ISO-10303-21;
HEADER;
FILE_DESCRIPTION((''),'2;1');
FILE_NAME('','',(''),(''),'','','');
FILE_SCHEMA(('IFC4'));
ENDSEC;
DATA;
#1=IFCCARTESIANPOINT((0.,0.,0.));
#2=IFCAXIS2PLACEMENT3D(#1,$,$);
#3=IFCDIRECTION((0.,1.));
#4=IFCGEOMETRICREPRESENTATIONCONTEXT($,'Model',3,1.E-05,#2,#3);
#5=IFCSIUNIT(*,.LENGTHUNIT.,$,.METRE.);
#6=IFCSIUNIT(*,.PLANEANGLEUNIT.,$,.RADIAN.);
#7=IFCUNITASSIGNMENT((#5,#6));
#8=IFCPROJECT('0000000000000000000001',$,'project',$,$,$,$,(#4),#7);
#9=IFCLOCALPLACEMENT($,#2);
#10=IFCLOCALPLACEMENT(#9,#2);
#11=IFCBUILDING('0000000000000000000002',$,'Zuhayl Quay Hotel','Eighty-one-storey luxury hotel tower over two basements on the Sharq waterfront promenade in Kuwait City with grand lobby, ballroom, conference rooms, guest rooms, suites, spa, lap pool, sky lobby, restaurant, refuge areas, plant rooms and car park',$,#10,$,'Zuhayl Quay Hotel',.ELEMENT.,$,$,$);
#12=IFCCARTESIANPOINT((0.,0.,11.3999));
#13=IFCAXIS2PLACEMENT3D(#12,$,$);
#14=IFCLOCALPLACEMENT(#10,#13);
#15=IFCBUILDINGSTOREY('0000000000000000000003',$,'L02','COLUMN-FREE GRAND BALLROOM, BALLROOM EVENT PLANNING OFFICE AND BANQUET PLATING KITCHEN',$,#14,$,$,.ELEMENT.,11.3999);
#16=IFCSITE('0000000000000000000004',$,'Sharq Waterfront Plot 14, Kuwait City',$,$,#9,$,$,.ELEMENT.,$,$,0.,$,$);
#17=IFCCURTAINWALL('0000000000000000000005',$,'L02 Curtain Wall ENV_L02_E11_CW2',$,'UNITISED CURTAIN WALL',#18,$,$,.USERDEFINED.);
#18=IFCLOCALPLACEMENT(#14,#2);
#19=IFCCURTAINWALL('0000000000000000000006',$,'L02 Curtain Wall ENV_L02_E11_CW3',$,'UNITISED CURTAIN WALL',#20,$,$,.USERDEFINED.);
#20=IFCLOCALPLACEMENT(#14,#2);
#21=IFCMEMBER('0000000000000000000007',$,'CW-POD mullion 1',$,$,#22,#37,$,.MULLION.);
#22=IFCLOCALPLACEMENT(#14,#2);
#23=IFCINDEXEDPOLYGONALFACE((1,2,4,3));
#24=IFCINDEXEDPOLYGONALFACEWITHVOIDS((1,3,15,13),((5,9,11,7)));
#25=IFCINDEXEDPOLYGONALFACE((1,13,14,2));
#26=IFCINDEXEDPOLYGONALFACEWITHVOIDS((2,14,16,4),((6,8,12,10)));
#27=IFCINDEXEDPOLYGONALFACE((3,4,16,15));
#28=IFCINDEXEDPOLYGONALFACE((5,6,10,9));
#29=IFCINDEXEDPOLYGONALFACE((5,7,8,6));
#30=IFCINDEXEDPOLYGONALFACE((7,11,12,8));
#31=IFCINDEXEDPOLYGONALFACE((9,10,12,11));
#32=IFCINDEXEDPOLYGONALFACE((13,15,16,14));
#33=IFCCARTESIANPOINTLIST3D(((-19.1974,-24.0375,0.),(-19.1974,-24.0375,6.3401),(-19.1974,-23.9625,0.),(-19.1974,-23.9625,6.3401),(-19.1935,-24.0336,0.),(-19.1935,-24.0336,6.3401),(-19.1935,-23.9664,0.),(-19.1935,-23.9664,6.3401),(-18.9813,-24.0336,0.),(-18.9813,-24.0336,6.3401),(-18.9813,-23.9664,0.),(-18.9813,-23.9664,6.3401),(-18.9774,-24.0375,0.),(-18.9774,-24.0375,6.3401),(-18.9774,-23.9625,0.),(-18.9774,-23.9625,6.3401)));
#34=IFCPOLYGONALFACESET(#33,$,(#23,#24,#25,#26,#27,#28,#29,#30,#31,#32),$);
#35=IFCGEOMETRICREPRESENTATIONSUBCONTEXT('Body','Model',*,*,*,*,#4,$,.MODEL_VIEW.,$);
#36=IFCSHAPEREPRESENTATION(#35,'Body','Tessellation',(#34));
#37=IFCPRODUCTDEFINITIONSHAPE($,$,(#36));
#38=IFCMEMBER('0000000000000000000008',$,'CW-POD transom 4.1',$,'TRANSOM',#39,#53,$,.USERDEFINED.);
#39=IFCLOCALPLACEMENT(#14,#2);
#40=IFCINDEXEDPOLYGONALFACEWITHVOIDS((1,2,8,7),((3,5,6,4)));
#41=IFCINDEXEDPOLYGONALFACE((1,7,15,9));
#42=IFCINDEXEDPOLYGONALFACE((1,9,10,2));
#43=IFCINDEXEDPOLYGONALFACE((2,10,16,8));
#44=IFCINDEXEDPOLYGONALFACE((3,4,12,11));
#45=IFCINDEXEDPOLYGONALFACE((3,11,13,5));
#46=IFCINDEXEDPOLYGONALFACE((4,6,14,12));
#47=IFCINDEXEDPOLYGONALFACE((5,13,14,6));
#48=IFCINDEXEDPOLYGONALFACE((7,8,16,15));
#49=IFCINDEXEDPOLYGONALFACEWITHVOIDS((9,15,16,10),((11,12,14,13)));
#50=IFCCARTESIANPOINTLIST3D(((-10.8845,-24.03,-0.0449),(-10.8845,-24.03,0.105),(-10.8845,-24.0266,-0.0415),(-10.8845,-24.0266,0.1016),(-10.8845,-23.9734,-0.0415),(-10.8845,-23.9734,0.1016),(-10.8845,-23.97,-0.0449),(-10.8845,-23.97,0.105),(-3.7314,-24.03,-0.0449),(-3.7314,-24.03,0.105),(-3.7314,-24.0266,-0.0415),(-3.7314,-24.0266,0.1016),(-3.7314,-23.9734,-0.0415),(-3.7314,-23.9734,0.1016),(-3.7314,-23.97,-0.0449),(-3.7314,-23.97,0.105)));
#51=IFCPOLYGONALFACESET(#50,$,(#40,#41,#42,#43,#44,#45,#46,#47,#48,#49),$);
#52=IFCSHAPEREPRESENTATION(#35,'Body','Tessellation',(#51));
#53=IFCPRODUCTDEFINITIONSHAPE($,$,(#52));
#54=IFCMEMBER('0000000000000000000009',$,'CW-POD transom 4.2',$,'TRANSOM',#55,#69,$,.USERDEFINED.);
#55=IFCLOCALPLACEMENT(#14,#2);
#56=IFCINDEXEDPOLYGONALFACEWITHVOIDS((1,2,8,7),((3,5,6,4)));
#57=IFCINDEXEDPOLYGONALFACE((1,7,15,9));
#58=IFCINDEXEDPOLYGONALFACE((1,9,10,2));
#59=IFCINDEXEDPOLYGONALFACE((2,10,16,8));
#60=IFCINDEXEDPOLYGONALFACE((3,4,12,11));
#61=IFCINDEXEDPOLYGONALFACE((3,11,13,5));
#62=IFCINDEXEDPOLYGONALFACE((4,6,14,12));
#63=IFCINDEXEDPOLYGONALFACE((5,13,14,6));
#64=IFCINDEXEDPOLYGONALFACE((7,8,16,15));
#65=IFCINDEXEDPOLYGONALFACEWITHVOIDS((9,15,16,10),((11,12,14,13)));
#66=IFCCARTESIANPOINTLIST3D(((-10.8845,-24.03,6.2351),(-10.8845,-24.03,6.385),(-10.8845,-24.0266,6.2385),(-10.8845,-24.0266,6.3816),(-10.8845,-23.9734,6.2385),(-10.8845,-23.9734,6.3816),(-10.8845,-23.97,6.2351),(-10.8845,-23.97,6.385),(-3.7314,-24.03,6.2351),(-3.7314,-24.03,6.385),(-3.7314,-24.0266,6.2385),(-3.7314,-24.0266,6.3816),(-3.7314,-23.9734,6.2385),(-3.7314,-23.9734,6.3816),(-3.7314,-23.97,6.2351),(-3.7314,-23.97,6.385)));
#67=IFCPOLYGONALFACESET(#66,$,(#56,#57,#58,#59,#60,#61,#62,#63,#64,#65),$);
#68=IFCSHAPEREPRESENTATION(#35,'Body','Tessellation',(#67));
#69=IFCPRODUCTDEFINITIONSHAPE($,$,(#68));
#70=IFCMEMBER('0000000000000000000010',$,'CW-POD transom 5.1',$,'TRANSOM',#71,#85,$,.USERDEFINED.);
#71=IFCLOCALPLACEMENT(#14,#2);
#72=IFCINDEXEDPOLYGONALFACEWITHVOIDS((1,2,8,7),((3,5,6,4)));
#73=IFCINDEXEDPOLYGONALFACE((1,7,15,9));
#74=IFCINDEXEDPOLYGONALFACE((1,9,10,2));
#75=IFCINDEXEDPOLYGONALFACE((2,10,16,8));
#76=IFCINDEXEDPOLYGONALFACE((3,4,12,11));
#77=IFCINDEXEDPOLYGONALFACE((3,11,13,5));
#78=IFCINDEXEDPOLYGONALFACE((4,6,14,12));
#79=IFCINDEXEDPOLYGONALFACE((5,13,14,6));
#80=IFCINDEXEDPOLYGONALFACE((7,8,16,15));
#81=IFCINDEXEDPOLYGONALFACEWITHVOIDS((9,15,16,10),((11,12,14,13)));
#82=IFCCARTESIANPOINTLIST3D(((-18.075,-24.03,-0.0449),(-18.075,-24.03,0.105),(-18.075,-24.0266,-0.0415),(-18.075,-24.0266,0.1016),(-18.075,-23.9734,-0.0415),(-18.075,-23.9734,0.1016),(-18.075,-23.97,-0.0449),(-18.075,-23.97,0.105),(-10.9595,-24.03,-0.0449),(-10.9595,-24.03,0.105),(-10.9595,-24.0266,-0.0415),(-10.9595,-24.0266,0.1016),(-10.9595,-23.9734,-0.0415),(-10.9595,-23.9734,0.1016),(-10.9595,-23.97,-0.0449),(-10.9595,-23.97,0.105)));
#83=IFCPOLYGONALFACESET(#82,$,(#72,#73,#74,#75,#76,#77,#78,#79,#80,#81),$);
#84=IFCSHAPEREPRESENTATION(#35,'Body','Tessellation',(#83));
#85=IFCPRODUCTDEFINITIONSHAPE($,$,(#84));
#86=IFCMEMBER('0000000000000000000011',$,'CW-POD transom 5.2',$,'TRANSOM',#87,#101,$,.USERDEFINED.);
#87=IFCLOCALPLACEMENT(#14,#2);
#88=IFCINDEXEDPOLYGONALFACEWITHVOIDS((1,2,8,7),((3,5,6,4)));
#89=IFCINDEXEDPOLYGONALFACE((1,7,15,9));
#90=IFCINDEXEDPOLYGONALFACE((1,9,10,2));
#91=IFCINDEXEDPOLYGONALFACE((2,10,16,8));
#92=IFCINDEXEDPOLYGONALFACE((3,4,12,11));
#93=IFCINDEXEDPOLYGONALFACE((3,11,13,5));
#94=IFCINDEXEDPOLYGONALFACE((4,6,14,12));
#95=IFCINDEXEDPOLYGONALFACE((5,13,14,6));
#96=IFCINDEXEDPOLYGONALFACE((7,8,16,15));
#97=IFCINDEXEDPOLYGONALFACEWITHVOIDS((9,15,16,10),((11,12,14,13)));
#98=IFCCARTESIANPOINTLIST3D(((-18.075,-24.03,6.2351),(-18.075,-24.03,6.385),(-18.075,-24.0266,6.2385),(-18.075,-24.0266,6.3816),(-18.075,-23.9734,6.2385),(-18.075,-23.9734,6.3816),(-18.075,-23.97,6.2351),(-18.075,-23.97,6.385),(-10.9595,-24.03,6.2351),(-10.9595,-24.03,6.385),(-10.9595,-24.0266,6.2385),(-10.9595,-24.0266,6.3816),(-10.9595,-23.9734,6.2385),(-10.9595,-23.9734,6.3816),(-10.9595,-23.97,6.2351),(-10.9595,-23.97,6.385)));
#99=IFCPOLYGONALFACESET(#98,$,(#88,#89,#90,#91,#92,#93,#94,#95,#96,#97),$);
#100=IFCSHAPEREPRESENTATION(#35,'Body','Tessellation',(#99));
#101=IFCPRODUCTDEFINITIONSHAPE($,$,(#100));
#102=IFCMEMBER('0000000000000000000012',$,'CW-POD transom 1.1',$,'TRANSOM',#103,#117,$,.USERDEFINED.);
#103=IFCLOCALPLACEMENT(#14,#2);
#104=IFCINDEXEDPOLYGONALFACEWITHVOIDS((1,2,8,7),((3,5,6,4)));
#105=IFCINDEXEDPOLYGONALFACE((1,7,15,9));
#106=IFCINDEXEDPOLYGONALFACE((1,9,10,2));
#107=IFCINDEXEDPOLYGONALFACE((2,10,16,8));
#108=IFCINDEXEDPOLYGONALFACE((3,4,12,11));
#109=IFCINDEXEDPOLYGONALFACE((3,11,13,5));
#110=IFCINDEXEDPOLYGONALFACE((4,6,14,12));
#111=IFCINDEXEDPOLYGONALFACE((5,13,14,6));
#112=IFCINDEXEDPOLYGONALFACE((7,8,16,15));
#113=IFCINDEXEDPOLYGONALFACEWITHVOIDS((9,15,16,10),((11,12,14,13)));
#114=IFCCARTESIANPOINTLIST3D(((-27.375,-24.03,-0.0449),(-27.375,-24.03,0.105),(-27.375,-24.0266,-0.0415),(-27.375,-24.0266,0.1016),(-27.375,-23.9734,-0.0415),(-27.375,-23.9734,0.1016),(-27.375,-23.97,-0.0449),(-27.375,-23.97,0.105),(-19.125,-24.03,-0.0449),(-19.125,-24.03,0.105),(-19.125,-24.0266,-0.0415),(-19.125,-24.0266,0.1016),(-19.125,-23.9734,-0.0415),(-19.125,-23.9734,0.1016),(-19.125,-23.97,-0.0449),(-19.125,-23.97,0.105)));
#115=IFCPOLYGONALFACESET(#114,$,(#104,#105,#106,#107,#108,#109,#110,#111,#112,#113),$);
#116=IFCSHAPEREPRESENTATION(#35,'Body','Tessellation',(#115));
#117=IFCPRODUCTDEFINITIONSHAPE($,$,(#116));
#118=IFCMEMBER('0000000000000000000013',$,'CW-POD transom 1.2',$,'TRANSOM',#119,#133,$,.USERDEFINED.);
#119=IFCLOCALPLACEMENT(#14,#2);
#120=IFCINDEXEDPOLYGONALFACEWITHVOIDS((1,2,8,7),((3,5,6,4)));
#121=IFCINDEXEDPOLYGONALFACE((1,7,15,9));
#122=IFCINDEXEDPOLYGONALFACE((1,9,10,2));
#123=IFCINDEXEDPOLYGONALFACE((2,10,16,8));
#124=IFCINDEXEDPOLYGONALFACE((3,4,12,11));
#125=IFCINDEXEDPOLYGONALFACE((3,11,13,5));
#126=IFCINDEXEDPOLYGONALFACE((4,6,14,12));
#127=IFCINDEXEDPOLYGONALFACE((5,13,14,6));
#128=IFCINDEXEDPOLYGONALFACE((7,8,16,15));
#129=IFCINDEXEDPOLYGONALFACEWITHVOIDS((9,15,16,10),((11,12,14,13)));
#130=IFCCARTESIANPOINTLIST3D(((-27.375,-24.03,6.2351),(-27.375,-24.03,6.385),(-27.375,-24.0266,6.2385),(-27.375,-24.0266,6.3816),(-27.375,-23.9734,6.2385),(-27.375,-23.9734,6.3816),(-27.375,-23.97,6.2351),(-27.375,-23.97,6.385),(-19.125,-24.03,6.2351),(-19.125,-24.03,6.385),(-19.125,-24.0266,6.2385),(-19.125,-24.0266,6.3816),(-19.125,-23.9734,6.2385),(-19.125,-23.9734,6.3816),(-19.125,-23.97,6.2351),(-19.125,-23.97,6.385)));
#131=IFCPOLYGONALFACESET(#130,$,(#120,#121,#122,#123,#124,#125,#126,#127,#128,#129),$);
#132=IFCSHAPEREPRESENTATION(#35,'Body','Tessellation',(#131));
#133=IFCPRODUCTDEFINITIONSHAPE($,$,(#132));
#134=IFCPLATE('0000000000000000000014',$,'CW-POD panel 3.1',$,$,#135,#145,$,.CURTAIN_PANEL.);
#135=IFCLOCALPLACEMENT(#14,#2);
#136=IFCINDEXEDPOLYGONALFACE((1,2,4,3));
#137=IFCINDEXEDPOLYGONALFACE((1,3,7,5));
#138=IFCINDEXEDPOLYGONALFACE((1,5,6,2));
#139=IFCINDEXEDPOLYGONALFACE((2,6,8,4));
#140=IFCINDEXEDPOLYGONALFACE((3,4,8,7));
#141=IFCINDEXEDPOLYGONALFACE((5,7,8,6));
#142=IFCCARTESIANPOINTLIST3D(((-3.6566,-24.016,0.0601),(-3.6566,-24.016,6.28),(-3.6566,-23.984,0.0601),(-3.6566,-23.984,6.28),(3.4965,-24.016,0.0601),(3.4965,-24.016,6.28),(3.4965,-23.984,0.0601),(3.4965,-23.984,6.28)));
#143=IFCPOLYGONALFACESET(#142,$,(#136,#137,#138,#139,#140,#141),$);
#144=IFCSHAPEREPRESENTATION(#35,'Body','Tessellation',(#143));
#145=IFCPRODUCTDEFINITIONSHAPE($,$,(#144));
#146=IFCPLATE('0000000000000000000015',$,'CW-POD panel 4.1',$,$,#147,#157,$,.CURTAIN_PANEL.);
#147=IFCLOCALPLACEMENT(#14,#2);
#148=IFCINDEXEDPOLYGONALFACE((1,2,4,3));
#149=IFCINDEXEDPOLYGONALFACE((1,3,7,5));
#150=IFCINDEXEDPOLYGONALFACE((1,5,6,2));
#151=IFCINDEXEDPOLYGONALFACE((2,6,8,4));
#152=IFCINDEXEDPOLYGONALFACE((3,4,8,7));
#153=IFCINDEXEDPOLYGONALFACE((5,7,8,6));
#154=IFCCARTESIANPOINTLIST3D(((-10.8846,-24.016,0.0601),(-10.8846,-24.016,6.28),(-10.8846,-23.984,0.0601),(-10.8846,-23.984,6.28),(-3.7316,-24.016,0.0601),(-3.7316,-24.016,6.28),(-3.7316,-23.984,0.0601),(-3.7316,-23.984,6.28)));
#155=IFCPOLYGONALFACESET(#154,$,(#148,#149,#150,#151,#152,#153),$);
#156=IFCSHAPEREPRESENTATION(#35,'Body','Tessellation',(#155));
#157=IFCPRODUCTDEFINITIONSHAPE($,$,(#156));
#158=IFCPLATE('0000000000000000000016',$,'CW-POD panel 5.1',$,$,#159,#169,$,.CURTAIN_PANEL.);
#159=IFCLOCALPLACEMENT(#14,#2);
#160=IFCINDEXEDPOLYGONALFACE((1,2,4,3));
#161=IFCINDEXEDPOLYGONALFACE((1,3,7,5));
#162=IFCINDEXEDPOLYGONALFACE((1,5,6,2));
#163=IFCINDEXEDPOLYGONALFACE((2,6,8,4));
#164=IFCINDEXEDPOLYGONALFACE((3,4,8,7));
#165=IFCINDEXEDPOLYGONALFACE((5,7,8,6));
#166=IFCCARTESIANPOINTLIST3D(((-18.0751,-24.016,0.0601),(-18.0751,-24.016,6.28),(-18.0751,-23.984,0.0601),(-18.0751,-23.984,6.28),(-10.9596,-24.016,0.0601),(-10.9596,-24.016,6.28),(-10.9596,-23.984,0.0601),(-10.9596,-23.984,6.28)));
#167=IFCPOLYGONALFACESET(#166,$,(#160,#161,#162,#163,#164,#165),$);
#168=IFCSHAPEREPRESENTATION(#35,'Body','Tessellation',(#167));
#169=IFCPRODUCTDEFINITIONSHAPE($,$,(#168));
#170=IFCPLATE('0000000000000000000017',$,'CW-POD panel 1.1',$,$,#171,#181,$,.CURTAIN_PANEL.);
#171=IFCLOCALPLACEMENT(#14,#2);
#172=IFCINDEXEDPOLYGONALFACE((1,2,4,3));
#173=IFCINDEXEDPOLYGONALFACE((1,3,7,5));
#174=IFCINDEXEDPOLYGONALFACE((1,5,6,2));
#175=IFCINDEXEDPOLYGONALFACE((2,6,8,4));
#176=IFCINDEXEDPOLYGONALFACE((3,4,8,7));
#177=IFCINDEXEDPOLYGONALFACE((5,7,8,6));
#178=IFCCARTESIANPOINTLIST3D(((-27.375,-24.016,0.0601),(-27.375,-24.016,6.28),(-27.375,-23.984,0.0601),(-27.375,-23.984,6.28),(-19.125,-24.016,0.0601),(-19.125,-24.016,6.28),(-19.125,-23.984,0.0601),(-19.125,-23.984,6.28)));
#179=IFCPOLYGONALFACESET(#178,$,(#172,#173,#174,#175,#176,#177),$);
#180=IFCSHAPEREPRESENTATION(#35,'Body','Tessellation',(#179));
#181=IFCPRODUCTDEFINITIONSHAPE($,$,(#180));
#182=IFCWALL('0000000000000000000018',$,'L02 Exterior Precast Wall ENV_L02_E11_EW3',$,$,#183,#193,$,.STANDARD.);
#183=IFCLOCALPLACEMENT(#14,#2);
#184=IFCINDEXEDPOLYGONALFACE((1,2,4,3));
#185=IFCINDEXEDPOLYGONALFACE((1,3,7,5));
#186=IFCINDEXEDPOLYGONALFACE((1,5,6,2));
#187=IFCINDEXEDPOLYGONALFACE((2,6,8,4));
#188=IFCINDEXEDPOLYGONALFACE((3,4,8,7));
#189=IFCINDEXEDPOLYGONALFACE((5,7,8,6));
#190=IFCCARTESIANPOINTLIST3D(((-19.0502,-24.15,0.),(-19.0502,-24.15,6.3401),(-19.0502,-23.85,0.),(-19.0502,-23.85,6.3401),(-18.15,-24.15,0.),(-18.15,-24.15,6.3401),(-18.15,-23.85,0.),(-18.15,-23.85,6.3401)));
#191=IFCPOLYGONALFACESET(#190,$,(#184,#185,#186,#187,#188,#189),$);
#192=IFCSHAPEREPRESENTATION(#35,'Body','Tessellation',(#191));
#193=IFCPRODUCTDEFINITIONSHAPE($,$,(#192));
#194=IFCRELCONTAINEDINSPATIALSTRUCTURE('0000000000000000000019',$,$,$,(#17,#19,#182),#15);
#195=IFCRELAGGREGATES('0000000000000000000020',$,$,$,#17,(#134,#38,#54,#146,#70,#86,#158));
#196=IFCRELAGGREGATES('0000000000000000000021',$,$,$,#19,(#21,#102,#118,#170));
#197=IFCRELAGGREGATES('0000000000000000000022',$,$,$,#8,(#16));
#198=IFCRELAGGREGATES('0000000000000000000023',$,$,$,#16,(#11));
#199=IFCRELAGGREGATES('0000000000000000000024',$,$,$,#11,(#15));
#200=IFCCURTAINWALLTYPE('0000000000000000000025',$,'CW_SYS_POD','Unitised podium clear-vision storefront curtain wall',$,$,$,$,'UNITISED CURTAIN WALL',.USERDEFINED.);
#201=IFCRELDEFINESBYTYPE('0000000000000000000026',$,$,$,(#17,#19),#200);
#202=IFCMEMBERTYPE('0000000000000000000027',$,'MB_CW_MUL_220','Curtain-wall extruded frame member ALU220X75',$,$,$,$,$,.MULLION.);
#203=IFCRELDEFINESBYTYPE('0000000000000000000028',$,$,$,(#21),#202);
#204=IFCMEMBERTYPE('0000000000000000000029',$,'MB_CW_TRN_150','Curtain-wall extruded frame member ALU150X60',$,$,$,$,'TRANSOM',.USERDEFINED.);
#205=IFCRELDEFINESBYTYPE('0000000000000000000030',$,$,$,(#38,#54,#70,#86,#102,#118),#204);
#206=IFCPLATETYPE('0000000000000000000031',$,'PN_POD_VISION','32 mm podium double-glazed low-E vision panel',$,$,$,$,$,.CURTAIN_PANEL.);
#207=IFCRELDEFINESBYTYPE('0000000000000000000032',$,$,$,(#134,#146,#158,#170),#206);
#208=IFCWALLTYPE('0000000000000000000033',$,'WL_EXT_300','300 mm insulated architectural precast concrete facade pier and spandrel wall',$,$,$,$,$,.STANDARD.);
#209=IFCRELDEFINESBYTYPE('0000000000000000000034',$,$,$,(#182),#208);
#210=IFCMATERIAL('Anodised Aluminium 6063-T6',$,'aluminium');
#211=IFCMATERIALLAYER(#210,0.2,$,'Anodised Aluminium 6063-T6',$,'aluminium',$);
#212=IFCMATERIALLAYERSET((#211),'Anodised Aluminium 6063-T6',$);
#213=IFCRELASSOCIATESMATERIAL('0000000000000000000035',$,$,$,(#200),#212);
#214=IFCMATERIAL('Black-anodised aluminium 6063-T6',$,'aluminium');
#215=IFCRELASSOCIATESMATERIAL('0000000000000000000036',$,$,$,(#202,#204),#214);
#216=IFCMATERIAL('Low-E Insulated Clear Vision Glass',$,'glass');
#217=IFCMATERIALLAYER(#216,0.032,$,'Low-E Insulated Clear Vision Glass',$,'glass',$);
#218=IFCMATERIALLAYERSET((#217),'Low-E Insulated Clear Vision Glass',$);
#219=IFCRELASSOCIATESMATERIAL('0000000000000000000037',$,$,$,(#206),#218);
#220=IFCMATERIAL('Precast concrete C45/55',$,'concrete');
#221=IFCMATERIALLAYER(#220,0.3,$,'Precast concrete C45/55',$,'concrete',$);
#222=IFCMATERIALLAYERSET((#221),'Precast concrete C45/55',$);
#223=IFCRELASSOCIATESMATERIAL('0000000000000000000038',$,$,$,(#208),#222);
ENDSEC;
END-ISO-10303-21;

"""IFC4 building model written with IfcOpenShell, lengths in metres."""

from ifc_helpers import new_model, si_unit, direction, frame, frame_2d, origin, origin_2d, place, context, subcontext, project, spatial, rectangle, hollow_rectangle, extrude, material, layer, layer_set, material_profile, profile_set, type_object, element, aggregate, save


model = new_model("IFC4")

# Units and contexts
model_context = context("Model", 3, precision=1e-05, world=origin(), true_north=direction((0.0, 1.0)))
body_context = subcontext(model_context, "Body", "Model", "MODEL_VIEW")
ifc_project = project(units=[si_unit("LENGTHUNIT", "METRE"), si_unit("PLANEANGLEUNIT", "RADIAN")], contexts=[model_context])

# Site, building, storey
site_placement = place(None, origin())
site = spatial("IfcSite", under=ifc_project, at=site_placement, Name="Sharq Waterfront Plot 14, Kuwait City", CompositionType="ELEMENT", RefElevation=0.0)
building_placement = place(site_placement, origin())
building = spatial("IfcBuilding", under=site, at=building_placement, Name="Zuhayl Quay Hotel", Description="Eighty-one-storey luxury hotel tower over two basements on the Sharq waterfront promenade in Kuwait City with grand lobby, ballroom, conference rooms, guest rooms, suites, spa, lap pool, sky lobby, restaurant, refuge areas, plant rooms and car park", LongName="Zuhayl Quay Hotel", CompositionType="ELEMENT")
storey_placement = place(building_placement, frame((0.0, 0.0, 11.3999)))
storey = spatial("IfcBuildingStorey", under=building, at=storey_placement, Name="L02", Description="COLUMN-FREE GRAND BALLROOM, BALLROOM EVENT PLANNING OFFICE AND BANQUET PLATING KITCHEN", CompositionType="ELEMENT", Elevation=11.3999)

# Curtain wall
ifc_material_1 = material(Name="Anodised Aluminium 6063-T6", Category="aluminium")
ifc_layer_1 = layer(ifc_material_1, 0.2, Name="Anodised Aluminium 6063-T6", Category="aluminium")
ifc_layer_set_1 = layer_set([ifc_layer_1], Name="Anodised Aluminium 6063-T6")
curtain_wall_type = type_object("IfcCurtainWallType", Name="CW_SYS_POD", Description="Unitised podium clear-vision storefront curtain wall", ElementType="UNITISED CURTAIN WALL", PredefinedType="USERDEFINED", material=ifc_layer_set_1)
curtain_wall_1_placement = place(storey_placement, origin())
curtain_wall_1 = element("IfcCurtainWall", 1, at=curtain_wall_1_placement, inside=storey, type_object=curtain_wall_type, Name="L02 Curtain Wall ENV_L02_E11_CW2", ObjectType="UNITISED CURTAIN WALL", PredefinedType="USERDEFINED")
ifc_material_2 = material(Name="Black-anodised aluminium 6063-T6", Category="aluminium")
ifc_material_profile_1 = material_profile(ifc_material_2, hollow_rectangle(XDim=0.075, YDim=0.22, WallThickness=0.0039, at=origin_2d()), Name="ALU220X75")
ifc_profile_set_1 = profile_set([ifc_material_profile_1], Name="Black-anodised aluminium 6063-T6")
member_type_1 = type_object("IfcMemberType", Name="MB_CW_MUL_220", Description="Curtain-wall extruded frame member ALU220X75", PredefinedType="MULLION", material=ifc_profile_set_1)

# Curtain wall, member
curtain_wall_2_placement = place(storey_placement, origin())
curtain_wall_2 = element("IfcCurtainWall", 2, at=curtain_wall_2_placement, inside=storey, type_object=curtain_wall_type, Name="L02 Curtain Wall ENV_L02_E11_CW3", ObjectType="UNITISED CURTAIN WALL", PredefinedType="USERDEFINED")
member_1_placement = place(storey_placement, frame((-19.0874, -24.0, 0.0), z_axis=(0.0, 0.0, 1.0), x_axis=(0.0, -1.0, 0.0)))
member_1 = element("IfcMember", 3, at=member_1_placement, type_object=member_type_1, Name="CW-POD mullion 1", PredefinedType="MULLION", context=body_context, shape_type="SweptSolid", body=[
    extrude(hollow_rectangle(XDim=0.075, YDim=0.22, WallThickness=0.0039, at=origin_2d()), origin(), (0.0, 0.0, 1.0), 6.3401),
])

# Members
ifc_material_profile_2 = material_profile(ifc_material_2, hollow_rectangle(XDim=0.0601, YDim=0.1499, WallThickness=0.0034, at=origin_2d()), Name="ALU150X60")
ifc_profile_set_2 = profile_set([ifc_material_profile_2], Name="Black-anodised aluminium 6063-T6")
member_type_2 = type_object("IfcMemberType", Name="MB_CW_TRN_150", Description="Curtain-wall extruded frame member ALU150X60", ElementType="TRANSOM", PredefinedType="USERDEFINED", material=ifc_profile_set_2)
member_2_placement = place(storey_placement, frame((-3.7314, -24.0, 0.03), z_axis=(-1.0, 0.0, 0.0), x_axis=(0.0, -1.0, 0.0)))
member_2 = element("IfcMember", 4, at=member_2_placement, type_object=member_type_2, Name="CW-POD transom 4.1", ObjectType="TRANSOM", PredefinedType="USERDEFINED", context=body_context, shape_type="SweptSolid", body=[
    extrude(hollow_rectangle(XDim=0.0601, YDim=0.1499, WallThickness=0.0034, at=origin_2d()), origin(), (0.0, 0.0, 1.0), 7.1531),
])
member_3_placement = place(storey_placement, frame((-3.7314, -24.0, 6.3101), z_axis=(-1.0, 0.0, 0.0), x_axis=(0.0, -1.0, 0.0)))
member_3 = element("IfcMember", 5, at=member_3_placement, type_object=member_type_2, Name="CW-POD transom 4.2", ObjectType="TRANSOM", PredefinedType="USERDEFINED", context=body_context, shape_type="SweptSolid", body=[
    extrude(hollow_rectangle(XDim=0.0601, YDim=0.1499, WallThickness=0.0034, at=origin_2d()), origin(), (0.0, 0.0, 1.0), 7.1531),
])
member_4_placement = place(storey_placement, frame((-10.9595, -24.0, 0.03), z_axis=(-1.0, 0.0, 0.0), x_axis=(0.0, -1.0, 0.0)))
member_4 = element("IfcMember", 6, at=member_4_placement, type_object=member_type_2, Name="CW-POD transom 5.1", ObjectType="TRANSOM", PredefinedType="USERDEFINED", context=body_context, shape_type="SweptSolid", body=[
    extrude(hollow_rectangle(XDim=0.0601, YDim=0.1499, WallThickness=0.0034, at=origin_2d()), origin(), (0.0, 0.0, 1.0), 7.1155),
])
member_5_placement = place(storey_placement, frame((-10.9595, -24.0, 6.3101), z_axis=(-1.0, 0.0, 0.0), x_axis=(0.0, -1.0, 0.0)))
member_5 = element("IfcMember", 7, at=member_5_placement, type_object=member_type_2, Name="CW-POD transom 5.2", ObjectType="TRANSOM", PredefinedType="USERDEFINED", context=body_context, shape_type="SweptSolid", body=[
    extrude(hollow_rectangle(XDim=0.0601, YDim=0.1499, WallThickness=0.0034, at=origin_2d()), origin(), (0.0, 0.0, 1.0), 7.1155),
])
member_6_placement = place(storey_placement, frame((-19.125, -24.0, 0.03), z_axis=(-1.0, 0.0, 0.0), x_axis=(0.0, -1.0, 0.0)))
member_6 = element("IfcMember", 8, at=member_6_placement, type_object=member_type_2, Name="CW-POD transom 1.1", ObjectType="TRANSOM", PredefinedType="USERDEFINED", context=body_context, shape_type="SweptSolid", body=[
    extrude(hollow_rectangle(XDim=0.0601, YDim=0.1499, WallThickness=0.0034, at=origin_2d()), origin(), (0.0, 0.0, 1.0), 8.25),
])
member_7_placement = place(storey_placement, frame((-19.125, -24.0, 6.3101), z_axis=(-1.0, 0.0, 0.0), x_axis=(0.0, -1.0, 0.0)))
member_7 = element("IfcMember", 9, at=member_7_placement, type_object=member_type_2, Name="CW-POD transom 1.2", ObjectType="TRANSOM", PredefinedType="USERDEFINED", context=body_context, shape_type="SweptSolid", body=[
    extrude(hollow_rectangle(XDim=0.0601, YDim=0.1499, WallThickness=0.0034, at=origin_2d()), origin(), (0.0, 0.0, 1.0), 8.25),
])

# Plates
ifc_material_3 = material(Name="Low-E Insulated Clear Vision Glass", Category="glass")
ifc_layer_2 = layer(ifc_material_3, 0.032, Name="Low-E Insulated Clear Vision Glass", Category="glass")
ifc_layer_set_2 = layer_set([ifc_layer_2], Name="Low-E Insulated Clear Vision Glass")
plate_type = type_object("IfcPlateType", Name="PN_POD_VISION", Description="32 mm podium double-glazed low-E vision panel", PredefinedType="CURTAIN_PANEL", material=ifc_layer_set_2)
plate_1_placement = place(storey_placement, frame((-0.0801, -24.0, 0.0601), z_axis=(0.0, 0.0, 1.0), x_axis=(-1.0, 0.0, 0.0)))
plate_1 = element("IfcPlate", 10, at=plate_1_placement, type_object=plate_type, Name="CW-POD panel 3.1", PredefinedType="CURTAIN_PANEL", context=body_context, shape_type="SweptSolid", body=[
    extrude(rectangle(XDim=7.1531, YDim=0.032, at=origin_2d()), origin(), (0.0, 0.0, 1.0), 6.22),
])
plate_2_placement = place(storey_placement, frame((-7.3081, -24.0, 0.0601), z_axis=(0.0, 0.0, 1.0), x_axis=(-1.0, 0.0, 0.0)))
plate_2 = element("IfcPlate", 11, at=plate_2_placement, type_object=plate_type, Name="CW-POD panel 4.1", PredefinedType="CURTAIN_PANEL", context=body_context, shape_type="SweptSolid", body=[
    extrude(rectangle(XDim=7.1531, YDim=0.032, at=origin_2d()), origin(), (0.0, 0.0, 1.0), 6.22),
])
plate_3_placement = place(storey_placement, frame((-14.5173, -24.0, 0.0601), z_axis=(0.0, 0.0, 1.0), x_axis=(-1.0, 0.0, 0.0)))
plate_3 = element("IfcPlate", 12, at=plate_3_placement, type_object=plate_type, Name="CW-POD panel 5.1", PredefinedType="CURTAIN_PANEL", context=body_context, shape_type="SweptSolid", body=[
    extrude(rectangle(XDim=7.1155, YDim=0.032, at=origin_2d()), origin(), (0.0, 0.0, 1.0), 6.22),
])
aggregate(curtain_wall_1, [plate_1, member_2, member_3, plate_2, member_4, member_5, plate_3])
plate_4_placement = place(storey_placement, frame((-23.25, -24.0, 0.0601), z_axis=(0.0, 0.0, 1.0), x_axis=(-1.0, 0.0, 0.0)))
plate_4 = element("IfcPlate", 13, at=plate_4_placement, type_object=plate_type, Name="CW-POD panel 1.1", PredefinedType="CURTAIN_PANEL", context=body_context, shape_type="SweptSolid", body=[
    extrude(rectangle(XDim=8.25, YDim=0.032, at=origin_2d()), origin(), (0.0, 0.0, 1.0), 6.22),
])
aggregate(curtain_wall_2, [member_1, member_6, member_7, plate_4])

# Wall
ifc_material_4 = material(Name="Precast concrete C45/55", Category="concrete")
ifc_layer_3 = layer(ifc_material_4, 0.3, Name="Precast concrete C45/55", Category="concrete")
ifc_layer_set_3 = layer_set([ifc_layer_3], Name="Precast concrete C45/55")
wall_type_1 = type_object("IfcWallType", Name="WL_EXT_300", Description="300 mm insulated architectural precast concrete facade pier and spandrel wall", PredefinedType="STANDARD", material=ifc_layer_set_3)
wall_1_placement = place(storey_placement, frame((-18.1499, -24.0, 0.0), z_axis=(0.0, 0.0, 1.0), x_axis=(-1.0, 0.0, 0.0)))
element("IfcWall", 14, at=wall_1_placement, inside=storey, type_object=wall_type_1, Name="L02 Exterior Precast Wall ENV_L02_E11_EW3", PredefinedType="STANDARD", context=body_context, shape_type="SweptSolid", body=[
    extrude(rectangle(XDim=0.9001, YDim=0.3, at=frame_2d((0.4502, 0.0))), origin(), (0.0, 0.0, 1.0), 6.3401),
])

save(model, "model.ifc")
